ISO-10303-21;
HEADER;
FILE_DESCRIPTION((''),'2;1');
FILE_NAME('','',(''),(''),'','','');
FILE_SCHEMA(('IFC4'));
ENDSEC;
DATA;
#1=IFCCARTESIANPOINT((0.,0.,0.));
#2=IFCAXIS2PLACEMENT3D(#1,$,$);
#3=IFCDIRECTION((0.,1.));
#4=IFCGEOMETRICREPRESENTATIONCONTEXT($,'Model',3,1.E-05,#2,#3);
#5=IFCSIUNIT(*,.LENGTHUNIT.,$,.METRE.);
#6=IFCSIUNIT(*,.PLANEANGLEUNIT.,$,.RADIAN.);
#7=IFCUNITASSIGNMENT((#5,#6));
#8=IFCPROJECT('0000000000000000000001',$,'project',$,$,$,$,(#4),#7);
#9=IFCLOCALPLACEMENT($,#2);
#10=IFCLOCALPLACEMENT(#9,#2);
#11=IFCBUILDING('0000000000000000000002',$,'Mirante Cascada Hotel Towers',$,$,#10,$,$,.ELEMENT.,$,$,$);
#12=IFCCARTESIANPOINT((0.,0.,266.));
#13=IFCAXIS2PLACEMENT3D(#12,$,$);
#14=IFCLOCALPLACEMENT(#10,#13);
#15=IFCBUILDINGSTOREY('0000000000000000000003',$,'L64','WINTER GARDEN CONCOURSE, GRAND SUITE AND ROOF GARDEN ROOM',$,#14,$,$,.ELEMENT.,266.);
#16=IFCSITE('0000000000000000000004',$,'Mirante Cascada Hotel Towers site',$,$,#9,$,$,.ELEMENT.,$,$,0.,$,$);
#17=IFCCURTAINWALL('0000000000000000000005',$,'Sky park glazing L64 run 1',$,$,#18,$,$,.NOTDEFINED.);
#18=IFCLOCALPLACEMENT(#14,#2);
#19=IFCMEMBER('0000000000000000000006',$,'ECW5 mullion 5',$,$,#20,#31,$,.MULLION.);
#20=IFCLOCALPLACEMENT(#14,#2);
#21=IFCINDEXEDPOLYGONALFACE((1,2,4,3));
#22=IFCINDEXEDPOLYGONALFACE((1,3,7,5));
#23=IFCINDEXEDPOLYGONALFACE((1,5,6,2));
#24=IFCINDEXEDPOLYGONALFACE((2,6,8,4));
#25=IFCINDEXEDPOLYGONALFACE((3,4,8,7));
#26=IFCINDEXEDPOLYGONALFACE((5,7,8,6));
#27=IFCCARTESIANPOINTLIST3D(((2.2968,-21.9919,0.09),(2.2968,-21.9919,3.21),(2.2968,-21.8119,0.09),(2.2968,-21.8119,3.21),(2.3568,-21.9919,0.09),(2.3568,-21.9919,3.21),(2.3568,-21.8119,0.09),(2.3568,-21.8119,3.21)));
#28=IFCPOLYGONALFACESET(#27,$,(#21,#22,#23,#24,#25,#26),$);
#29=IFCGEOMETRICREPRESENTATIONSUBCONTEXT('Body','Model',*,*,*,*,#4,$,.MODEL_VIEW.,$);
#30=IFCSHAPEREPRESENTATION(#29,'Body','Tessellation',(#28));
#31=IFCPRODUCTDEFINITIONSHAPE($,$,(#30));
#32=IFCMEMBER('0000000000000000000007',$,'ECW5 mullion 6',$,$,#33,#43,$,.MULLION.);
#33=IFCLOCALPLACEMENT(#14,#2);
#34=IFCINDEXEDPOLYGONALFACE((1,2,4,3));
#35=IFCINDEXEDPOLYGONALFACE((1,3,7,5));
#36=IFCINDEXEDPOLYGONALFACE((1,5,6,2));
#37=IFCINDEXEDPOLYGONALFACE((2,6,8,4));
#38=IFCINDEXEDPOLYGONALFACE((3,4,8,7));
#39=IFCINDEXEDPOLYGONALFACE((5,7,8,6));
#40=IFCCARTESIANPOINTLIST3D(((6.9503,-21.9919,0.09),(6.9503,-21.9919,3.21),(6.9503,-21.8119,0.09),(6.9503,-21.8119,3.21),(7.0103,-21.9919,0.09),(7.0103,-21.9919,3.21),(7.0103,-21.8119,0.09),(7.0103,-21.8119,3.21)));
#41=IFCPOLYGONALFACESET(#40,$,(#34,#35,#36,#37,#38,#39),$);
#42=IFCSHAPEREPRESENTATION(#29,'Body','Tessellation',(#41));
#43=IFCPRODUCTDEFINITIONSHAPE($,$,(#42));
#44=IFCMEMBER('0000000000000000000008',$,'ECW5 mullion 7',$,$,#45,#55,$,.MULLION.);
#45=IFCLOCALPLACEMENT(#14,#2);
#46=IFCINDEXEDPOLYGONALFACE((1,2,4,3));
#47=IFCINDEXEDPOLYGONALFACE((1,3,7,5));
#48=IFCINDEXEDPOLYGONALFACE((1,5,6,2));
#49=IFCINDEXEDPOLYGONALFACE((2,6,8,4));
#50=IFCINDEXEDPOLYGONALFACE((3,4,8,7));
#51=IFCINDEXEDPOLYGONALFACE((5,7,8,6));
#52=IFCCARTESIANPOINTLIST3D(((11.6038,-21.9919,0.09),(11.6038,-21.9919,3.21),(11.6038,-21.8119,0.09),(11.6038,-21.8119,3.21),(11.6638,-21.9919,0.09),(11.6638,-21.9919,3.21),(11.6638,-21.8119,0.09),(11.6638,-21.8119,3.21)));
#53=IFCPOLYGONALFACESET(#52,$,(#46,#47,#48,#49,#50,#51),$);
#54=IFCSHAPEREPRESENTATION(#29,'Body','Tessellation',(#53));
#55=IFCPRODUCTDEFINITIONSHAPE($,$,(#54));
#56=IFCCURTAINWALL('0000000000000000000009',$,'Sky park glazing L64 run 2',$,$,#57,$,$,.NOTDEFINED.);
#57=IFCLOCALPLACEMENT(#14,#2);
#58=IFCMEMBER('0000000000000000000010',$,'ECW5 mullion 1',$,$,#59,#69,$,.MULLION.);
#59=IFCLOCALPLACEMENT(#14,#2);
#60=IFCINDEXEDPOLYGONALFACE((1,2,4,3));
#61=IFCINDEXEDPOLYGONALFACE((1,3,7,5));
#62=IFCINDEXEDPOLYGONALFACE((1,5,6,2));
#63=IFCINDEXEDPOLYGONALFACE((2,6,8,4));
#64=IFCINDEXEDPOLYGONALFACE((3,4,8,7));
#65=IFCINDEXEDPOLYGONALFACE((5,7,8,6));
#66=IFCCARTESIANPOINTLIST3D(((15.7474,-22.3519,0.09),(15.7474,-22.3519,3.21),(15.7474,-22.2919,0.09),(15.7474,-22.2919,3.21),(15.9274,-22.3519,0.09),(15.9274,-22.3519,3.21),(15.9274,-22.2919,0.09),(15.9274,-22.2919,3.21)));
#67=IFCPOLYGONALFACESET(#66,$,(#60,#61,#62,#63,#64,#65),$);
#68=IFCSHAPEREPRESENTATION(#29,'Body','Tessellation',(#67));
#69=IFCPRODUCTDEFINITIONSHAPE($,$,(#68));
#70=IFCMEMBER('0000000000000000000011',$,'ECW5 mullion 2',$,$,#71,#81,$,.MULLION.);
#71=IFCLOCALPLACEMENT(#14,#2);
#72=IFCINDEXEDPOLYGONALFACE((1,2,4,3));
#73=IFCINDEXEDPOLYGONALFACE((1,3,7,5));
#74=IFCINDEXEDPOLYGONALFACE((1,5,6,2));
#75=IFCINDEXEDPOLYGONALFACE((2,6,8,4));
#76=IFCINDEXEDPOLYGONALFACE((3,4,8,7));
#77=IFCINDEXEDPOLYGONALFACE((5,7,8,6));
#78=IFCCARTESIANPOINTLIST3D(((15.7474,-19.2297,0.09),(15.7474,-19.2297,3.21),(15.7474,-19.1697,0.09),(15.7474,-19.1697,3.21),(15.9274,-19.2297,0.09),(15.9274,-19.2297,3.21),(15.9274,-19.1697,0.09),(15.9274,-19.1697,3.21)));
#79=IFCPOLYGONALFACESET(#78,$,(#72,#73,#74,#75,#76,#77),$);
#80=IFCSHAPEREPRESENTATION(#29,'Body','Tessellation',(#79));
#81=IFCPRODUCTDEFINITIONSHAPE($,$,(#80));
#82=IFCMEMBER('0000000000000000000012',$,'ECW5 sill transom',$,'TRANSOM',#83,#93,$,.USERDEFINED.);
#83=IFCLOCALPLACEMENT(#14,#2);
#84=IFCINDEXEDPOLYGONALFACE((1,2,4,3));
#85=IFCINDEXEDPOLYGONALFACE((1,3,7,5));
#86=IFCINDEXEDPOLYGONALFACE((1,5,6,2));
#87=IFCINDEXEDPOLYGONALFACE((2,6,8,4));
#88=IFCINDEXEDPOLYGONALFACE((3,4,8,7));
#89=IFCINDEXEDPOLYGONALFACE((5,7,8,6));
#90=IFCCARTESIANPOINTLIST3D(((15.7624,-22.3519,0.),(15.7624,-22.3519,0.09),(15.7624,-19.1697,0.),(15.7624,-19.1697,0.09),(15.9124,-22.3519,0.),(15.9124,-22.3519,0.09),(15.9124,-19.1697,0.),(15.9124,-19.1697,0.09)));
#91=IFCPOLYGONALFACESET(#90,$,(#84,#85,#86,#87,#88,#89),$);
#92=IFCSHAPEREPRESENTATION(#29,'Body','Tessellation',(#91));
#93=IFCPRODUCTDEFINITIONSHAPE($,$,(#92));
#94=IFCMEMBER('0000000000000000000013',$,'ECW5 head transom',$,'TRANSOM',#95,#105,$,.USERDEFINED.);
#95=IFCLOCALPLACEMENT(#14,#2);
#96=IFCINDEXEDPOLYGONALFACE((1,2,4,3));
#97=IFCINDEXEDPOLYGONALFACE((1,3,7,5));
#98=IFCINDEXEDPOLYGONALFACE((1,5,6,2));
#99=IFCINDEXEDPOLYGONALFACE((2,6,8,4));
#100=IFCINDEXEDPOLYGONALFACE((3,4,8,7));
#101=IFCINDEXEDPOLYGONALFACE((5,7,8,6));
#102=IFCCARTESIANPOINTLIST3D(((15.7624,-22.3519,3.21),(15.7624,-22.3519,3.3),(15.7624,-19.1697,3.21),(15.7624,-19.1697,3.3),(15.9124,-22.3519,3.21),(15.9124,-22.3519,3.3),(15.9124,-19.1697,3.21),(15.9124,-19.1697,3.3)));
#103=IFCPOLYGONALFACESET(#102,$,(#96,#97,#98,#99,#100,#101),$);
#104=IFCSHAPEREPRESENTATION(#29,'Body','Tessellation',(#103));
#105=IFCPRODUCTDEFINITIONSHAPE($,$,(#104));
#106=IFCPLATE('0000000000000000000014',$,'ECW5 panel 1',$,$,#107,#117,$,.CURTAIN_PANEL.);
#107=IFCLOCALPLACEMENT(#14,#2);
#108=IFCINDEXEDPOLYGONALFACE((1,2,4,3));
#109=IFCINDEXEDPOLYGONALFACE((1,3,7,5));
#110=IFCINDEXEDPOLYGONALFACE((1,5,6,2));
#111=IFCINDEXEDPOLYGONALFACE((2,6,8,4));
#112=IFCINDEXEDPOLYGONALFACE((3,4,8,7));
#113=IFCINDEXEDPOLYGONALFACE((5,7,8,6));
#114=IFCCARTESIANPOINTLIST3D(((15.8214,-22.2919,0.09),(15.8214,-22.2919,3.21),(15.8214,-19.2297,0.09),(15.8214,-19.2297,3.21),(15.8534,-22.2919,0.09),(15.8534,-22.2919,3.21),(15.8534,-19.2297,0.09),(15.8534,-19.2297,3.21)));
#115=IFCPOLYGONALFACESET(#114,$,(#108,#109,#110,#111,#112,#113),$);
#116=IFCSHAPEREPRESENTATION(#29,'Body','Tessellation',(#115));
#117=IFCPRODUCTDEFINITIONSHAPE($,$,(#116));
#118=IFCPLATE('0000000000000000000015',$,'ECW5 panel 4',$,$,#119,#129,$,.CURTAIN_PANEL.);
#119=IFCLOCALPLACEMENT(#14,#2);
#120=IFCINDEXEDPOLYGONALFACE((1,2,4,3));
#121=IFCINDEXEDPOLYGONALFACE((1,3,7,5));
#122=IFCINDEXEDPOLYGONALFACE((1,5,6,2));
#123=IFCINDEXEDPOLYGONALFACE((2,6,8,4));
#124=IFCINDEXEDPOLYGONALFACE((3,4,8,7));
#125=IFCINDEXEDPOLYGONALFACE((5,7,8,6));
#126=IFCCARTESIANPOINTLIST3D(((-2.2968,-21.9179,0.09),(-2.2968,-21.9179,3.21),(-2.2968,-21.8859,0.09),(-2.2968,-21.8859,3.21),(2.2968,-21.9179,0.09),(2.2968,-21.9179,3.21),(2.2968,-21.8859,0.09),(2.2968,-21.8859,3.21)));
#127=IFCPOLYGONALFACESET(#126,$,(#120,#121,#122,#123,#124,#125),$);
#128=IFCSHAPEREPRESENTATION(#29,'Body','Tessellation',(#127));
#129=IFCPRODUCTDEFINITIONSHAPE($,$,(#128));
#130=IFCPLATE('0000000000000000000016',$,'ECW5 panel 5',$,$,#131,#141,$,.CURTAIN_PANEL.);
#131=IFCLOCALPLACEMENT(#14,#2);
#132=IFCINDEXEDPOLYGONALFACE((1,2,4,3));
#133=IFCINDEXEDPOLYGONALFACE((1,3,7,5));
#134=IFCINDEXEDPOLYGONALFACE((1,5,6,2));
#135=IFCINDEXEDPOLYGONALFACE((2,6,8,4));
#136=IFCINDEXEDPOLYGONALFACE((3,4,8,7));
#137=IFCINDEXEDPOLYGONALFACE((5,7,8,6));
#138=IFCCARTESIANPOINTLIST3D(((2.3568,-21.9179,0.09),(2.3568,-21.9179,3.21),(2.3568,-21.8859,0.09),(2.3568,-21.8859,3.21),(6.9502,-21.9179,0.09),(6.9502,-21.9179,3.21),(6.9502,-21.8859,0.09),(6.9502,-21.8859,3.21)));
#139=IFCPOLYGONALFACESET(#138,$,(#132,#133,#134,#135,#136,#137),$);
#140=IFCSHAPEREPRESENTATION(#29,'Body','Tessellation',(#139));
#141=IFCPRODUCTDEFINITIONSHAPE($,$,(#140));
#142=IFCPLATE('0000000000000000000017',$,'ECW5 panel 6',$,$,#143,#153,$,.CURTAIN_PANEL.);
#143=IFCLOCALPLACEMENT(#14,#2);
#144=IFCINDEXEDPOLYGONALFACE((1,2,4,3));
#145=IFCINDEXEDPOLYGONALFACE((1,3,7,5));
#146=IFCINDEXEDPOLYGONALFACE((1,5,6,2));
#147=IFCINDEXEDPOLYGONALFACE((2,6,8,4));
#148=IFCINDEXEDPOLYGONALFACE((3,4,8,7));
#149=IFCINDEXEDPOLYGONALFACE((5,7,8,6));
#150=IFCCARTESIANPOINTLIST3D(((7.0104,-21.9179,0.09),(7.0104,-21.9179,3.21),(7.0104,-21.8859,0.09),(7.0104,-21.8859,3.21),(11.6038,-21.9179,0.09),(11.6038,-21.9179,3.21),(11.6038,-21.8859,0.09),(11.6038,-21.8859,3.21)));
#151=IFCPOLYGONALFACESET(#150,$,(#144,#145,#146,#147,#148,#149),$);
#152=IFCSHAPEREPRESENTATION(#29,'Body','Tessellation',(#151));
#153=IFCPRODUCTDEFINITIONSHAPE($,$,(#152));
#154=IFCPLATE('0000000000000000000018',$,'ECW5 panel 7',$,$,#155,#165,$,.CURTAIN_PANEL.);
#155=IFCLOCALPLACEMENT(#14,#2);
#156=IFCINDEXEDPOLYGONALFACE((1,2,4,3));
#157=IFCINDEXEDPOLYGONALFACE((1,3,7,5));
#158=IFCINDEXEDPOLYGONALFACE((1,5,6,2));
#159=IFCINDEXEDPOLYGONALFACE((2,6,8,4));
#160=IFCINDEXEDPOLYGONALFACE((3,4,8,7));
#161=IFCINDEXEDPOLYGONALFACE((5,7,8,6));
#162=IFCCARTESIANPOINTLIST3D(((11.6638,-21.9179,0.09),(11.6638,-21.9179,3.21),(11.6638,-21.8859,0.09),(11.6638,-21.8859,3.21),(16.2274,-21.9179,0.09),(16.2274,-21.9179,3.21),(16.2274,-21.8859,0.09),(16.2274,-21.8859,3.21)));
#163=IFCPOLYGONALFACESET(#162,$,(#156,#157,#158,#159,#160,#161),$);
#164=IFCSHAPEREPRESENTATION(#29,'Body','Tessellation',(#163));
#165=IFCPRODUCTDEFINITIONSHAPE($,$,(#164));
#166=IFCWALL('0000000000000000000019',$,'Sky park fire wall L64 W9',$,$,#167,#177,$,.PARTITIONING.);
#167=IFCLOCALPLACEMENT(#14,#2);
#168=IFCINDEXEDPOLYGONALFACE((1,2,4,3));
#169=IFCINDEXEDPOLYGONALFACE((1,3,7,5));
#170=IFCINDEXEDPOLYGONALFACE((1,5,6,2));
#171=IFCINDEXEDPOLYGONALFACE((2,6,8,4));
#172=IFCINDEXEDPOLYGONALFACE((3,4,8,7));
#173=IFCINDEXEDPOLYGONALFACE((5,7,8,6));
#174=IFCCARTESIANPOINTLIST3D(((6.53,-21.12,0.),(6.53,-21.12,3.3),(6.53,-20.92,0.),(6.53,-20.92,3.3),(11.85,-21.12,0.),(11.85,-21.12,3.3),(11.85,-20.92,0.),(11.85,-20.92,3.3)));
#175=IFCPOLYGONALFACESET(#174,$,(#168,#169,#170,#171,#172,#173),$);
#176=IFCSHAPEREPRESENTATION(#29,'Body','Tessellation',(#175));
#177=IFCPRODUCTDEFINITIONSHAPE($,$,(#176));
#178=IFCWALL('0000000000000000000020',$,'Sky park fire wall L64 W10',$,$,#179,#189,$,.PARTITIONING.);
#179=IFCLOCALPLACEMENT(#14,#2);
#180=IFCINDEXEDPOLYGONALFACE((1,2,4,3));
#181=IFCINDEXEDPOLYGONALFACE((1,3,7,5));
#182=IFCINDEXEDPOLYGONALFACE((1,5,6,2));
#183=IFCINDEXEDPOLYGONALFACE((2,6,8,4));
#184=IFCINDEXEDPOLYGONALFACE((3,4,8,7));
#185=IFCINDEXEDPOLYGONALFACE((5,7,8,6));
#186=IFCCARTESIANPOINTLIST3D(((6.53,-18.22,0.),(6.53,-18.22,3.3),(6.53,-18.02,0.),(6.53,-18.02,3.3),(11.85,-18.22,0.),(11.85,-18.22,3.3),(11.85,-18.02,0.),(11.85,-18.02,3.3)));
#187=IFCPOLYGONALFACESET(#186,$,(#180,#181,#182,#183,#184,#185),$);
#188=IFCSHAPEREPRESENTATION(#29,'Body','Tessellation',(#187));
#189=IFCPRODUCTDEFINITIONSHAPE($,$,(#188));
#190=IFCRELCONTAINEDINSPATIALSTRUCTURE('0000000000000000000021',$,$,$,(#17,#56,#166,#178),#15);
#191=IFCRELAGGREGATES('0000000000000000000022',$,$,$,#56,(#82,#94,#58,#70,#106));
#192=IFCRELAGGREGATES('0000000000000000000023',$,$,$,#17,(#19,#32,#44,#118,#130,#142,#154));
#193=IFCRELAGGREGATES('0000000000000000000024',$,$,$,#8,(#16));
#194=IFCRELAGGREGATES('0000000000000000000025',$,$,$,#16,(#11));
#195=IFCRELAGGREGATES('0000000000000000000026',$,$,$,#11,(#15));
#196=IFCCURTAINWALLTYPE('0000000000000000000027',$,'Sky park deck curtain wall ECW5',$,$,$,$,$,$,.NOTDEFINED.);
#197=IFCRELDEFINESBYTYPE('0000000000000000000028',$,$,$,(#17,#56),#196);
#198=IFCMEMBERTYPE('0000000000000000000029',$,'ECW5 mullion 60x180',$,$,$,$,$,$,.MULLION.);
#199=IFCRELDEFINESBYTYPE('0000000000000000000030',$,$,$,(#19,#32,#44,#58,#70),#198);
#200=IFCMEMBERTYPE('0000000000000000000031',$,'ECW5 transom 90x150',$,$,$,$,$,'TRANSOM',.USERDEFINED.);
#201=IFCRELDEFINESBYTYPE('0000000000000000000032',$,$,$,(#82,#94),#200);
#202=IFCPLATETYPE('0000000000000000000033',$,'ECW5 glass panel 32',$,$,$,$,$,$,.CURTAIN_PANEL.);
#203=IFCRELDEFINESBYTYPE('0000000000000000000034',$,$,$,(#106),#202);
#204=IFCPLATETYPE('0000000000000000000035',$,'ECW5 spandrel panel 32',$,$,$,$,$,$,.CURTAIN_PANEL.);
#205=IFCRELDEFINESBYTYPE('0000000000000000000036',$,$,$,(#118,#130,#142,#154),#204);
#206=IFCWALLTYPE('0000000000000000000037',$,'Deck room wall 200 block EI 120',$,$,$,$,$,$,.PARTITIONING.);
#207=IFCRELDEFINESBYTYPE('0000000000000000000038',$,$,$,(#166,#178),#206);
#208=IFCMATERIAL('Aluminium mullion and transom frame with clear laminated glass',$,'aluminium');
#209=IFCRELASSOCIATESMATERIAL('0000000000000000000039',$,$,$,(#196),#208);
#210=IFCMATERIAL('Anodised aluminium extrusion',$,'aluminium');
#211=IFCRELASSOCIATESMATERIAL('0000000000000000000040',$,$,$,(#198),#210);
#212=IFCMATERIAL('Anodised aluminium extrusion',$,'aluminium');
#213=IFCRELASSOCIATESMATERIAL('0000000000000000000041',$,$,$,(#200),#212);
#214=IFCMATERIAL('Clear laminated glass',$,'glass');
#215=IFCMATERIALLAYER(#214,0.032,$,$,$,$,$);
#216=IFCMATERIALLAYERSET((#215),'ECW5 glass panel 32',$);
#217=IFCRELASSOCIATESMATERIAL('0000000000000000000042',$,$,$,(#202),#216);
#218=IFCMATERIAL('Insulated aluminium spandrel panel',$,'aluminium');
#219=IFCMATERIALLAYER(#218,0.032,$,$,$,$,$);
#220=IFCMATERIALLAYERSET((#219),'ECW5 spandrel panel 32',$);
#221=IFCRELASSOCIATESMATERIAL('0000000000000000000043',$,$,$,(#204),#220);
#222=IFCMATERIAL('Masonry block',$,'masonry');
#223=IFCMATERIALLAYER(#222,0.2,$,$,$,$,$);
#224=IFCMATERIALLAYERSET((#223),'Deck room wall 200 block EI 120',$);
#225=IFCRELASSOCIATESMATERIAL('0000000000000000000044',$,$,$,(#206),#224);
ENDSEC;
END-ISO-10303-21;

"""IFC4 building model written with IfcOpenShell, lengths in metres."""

from ifc_helpers import new_model, si_unit, direction, frame, frame_2d, origin, origin_2d, place, context, subcontext, project, spatial, rectangle, extrude, material, layer, layer_set, material_profile, profile_set, type_object, element, aggregate, save


model = new_model("IFC4")

# Units and contexts
model_context = context("Model", 3, precision=1e-05, world=origin(), true_north=direction((0.0, 1.0)))
body_context = subcontext(model_context, "Body", "Model", "MODEL_VIEW")
ifc_project = project(units=[si_unit("LENGTHUNIT", "METRE"), si_unit("PLANEANGLEUNIT", "RADIAN")], contexts=[model_context])

# Site, building, storey
site_placement = place(None, origin())
site = spatial("IfcSite", under=ifc_project, at=site_placement, Name="Mirante Cascada Hotel Towers site", CompositionType="ELEMENT", RefElevation=0.0)
building_placement = place(site_placement, origin())
building = spatial("IfcBuilding", under=site, at=building_placement, Name="Mirante Cascada Hotel Towers", CompositionType="ELEMENT")
storey_placement = place(building_placement, frame((0.0, 0.0, 266.0)))
storey = spatial("IfcBuildingStorey", under=building, at=storey_placement, Name="L64", Description="WINTER GARDEN CONCOURSE, GRAND SUITE AND ROOF GARDEN ROOM", CompositionType="ELEMENT", Elevation=266.0)

# Curtain wall, members
ifc_material_1 = material(Name="Aluminium mullion and transom frame with clear laminated glass", Category="aluminium")
curtain_wall_type = type_object("IfcCurtainWallType", Name="Sky park deck curtain wall ECW5", PredefinedType="NOTDEFINED", material=ifc_material_1)
curtain_wall_1_placement = place(storey_placement, origin())
curtain_wall_1 = element("IfcCurtainWall", 1, at=curtain_wall_1_placement, inside=storey, type_object=curtain_wall_type, Name="Sky park glazing L64 run 1", PredefinedType="NOTDEFINED")
ifc_material_2 = material(Name="Anodised aluminium extrusion", Category="aluminium")
ifc_material_profile_1 = material_profile(ifc_material_2, rectangle(XDim=0.18, YDim=0.06, at=origin_2d()), Name="ECW5 MULLION 60x180")
ifc_profile_set_1 = profile_set([ifc_material_profile_1], Name="Anodised aluminium extrusion")
member_type_1 = type_object("IfcMemberType", Name="ECW5 mullion 60x180", PredefinedType="MULLION", material=ifc_profile_set_1)
member_1_placement = place(storey_placement, frame((2.3268, -21.9019, 0.09), z_axis=(0.0, 0.0, 1.0), x_axis=(0.0, 1.0, 0.0)))
member_1 = element("IfcMember", 2, at=member_1_placement, type_object=member_type_1, Name="ECW5 mullion 5", PredefinedType="MULLION", context=body_context, shape_type="SweptSolid", body=[
    extrude(rectangle(XDim=0.18, YDim=0.06, at=origin_2d()), origin(), (0.0, 0.0, 1.0), 3.12),
])
member_2_placement = place(storey_placement, frame((6.9803, -21.9019, 0.09), z_axis=(0.0, 0.0, 1.0), x_axis=(0.0, 1.0, 0.0)))
member_2 = element("IfcMember", 3, at=member_2_placement, type_object=member_type_1, Name="ECW5 mullion 6", PredefinedType="MULLION", context=body_context, shape_type="SweptSolid", body=[
    extrude(rectangle(XDim=0.18, YDim=0.06, at=origin_2d()), origin(), (0.0, 0.0, 1.0), 3.12),
])
member_3_placement = place(storey_placement, frame((11.6338, -21.9019, 0.09), z_axis=(0.0, 0.0, 1.0), x_axis=(0.0, 1.0, 0.0)))
member_3 = element("IfcMember", 4, at=member_3_placement, type_object=member_type_1, Name="ECW5 mullion 7", PredefinedType="MULLION", context=body_context, shape_type="SweptSolid", body=[
    extrude(rectangle(XDim=0.18, YDim=0.06, at=origin_2d()), origin(), (0.0, 0.0, 1.0), 3.12),
])

# Curtain wall, members, plate
curtain_wall_2_placement = place(storey_placement, origin())
curtain_wall_2 = element("IfcCurtainWall", 5, at=curtain_wall_2_placement, inside=storey, type_object=curtain_wall_type, Name="Sky park glazing L64 run 2", PredefinedType="NOTDEFINED")
member_4_placement = place(storey_placement, frame((15.8374, -22.3219, 0.09), z_axis=(0.0, 0.0, 1.0), x_axis=(-1.0, 0.0, 0.0)))
member_4 = element("IfcMember", 6, at=member_4_placement, type_object=member_type_1, Name="ECW5 mullion 1", PredefinedType="MULLION", context=body_context, shape_type="SweptSolid", body=[
    extrude(rectangle(XDim=0.18, YDim=0.06, at=origin_2d()), origin(), (0.0, 0.0, 1.0), 3.12),
])
member_5_placement = place(storey_placement, frame((15.8374, -19.1997, 0.09), z_axis=(0.0, 0.0, 1.0), x_axis=(-1.0, 0.0, 0.0)))
member_5 = element("IfcMember", 7, at=member_5_placement, type_object=member_type_1, Name="ECW5 mullion 2", PredefinedType="MULLION", context=body_context, shape_type="SweptSolid", body=[
    extrude(rectangle(XDim=0.18, YDim=0.06, at=origin_2d()), origin(), (0.0, 0.0, 1.0), 3.12),
])
ifc_material_3 = material(Name="Anodised aluminium extrusion", Category="aluminium")
ifc_material_profile_2 = material_profile(ifc_material_3, rectangle(XDim=0.15, YDim=0.09, at=origin_2d()), Name="ECW5 TRANSOM 90x150")
ifc_profile_set_2 = profile_set([ifc_material_profile_2], Name="Anodised aluminium extrusion")
member_type_2 = type_object("IfcMemberType", Name="ECW5 transom 90x150", ElementType="TRANSOM", PredefinedType="USERDEFINED", material=ifc_profile_set_2)
member_6_placement = place(storey_placement, frame((15.8374, -22.3519, 0.045), z_axis=(0.0, 1.0, 0.0), x_axis=(-1.0, 0.0, 0.0)))
member_6 = element("IfcMember", 8, at=member_6_placement, type_object=member_type_2, Name="ECW5 sill transom", ObjectType="TRANSOM", PredefinedType="USERDEFINED", context=body_context, shape_type="SweptSolid", body=[
    extrude(rectangle(XDim=0.15, YDim=0.09, at=origin_2d()), origin(), (0.0, 0.0, 1.0), 3.1822),
])
member_7_placement = place(storey_placement, frame((15.8374, -22.3519, 3.255), z_axis=(0.0, 1.0, 0.0), x_axis=(-1.0, 0.0, 0.0)))
member_7 = element("IfcMember", 9, at=member_7_placement, type_object=member_type_2, Name="ECW5 head transom", ObjectType="TRANSOM", PredefinedType="USERDEFINED", context=body_context, shape_type="SweptSolid", body=[
    extrude(rectangle(XDim=0.15, YDim=0.09, at=origin_2d()), origin(), (0.0, 0.0, 1.0), 3.1822),
])
ifc_material_4 = material(Name="Clear laminated glass", Category="glass")
ifc_layer_1 = layer(ifc_material_4, 0.032)
ifc_layer_set_1 = layer_set([ifc_layer_1], Name="ECW5 glass panel 32")
plate_type_1 = type_object("IfcPlateType", Name="ECW5 glass panel 32", PredefinedType="CURTAIN_PANEL", material=ifc_layer_set_1)
plate_1_placement = place(storey_placement, frame((15.8374, -20.7608, 0.09), z_axis=(0.0, 0.0, 1.0), x_axis=(0.0, 1.0, 0.0)))
plate_1 = element("IfcPlate", 10, at=plate_1_placement, type_object=plate_type_1, Name="ECW5 panel 1", PredefinedType="CURTAIN_PANEL", context=body_context, shape_type="SweptSolid", body=[
    extrude(rectangle(XDim=3.0622, YDim=0.032, at=origin_2d()), origin(), (0.0, 0.0, 1.0), 3.12),
])
aggregate(curtain_wall_2, [member_6, member_7, member_4, member_5, plate_1])

# Plates
ifc_material_5 = material(Name="Insulated aluminium spandrel panel", Category="aluminium")
ifc_layer_2 = layer(ifc_material_5, 0.032)
ifc_layer_set_2 = layer_set([ifc_layer_2], Name="ECW5 spandrel panel 32")
plate_type_2 = type_object("IfcPlateType", Name="ECW5 spandrel panel 32", PredefinedType="CURTAIN_PANEL", material=ifc_layer_set_2)
plate_2_placement = place(storey_placement, frame((0.0, -21.9019, 0.09), z_axis=(0.0, 0.0, 1.0), x_axis=(1.0, 0.0, 0.0)))
plate_2 = element("IfcPlate", 11, at=plate_2_placement, type_object=plate_type_2, Name="ECW5 panel 4", PredefinedType="CURTAIN_PANEL", context=body_context, shape_type="SweptSolid", body=[
    extrude(rectangle(XDim=4.5935, YDim=0.032, at=origin_2d()), origin(), (0.0, 0.0, 1.0), 3.12),
])
plate_3_placement = place(storey_placement, frame((4.6535, -21.9019, 0.09), z_axis=(0.0, 0.0, 1.0), x_axis=(1.0, 0.0, 0.0)))
plate_3 = element("IfcPlate", 12, at=plate_3_placement, type_object=plate_type_2, Name="ECW5 panel 5", PredefinedType="CURTAIN_PANEL", context=body_context, shape_type="SweptSolid", body=[
    extrude(rectangle(XDim=4.5935, YDim=0.032, at=origin_2d()), origin(), (0.0, 0.0, 1.0), 3.12),
])
plate_4_placement = place(storey_placement, frame((9.3071, -21.9019, 0.09), z_axis=(0.0, 0.0, 1.0), x_axis=(1.0, 0.0, 0.0)))
plate_4 = element("IfcPlate", 13, at=plate_4_placement, type_object=plate_type_2, Name="ECW5 panel 6", PredefinedType="CURTAIN_PANEL", context=body_context, shape_type="SweptSolid", body=[
    extrude(rectangle(XDim=4.5935, YDim=0.032, at=origin_2d()), origin(), (0.0, 0.0, 1.0), 3.12),
])
plate_5_placement = place(storey_placement, frame((13.9456, -21.9019, 0.09), z_axis=(0.0, 0.0, 1.0), x_axis=(1.0, 0.0, 0.0)))
plate_5 = element("IfcPlate", 14, at=plate_5_placement, type_object=plate_type_2, Name="ECW5 panel 7", PredefinedType="CURTAIN_PANEL", context=body_context, shape_type="SweptSolid", body=[
    extrude(rectangle(XDim=4.5635, YDim=0.032, at=origin_2d()), origin(), (0.0, 0.0, 1.0), 3.12),
])
aggregate(curtain_wall_1, [member_1, member_2, member_3, plate_2, plate_3, plate_4, plate_5])

# Walls
ifc_material_6 = material(Name="Masonry block", Category="masonry")
ifc_layer_3 = layer(ifc_material_6, 0.2)
ifc_layer_set_3 = layer_set([ifc_layer_3], Name="Deck room wall 200 block EI 120")
wall_type_1 = type_object("IfcWallType", Name="Deck room wall 200 block EI 120", PredefinedType="PARTITIONING", material=ifc_layer_set_3)
for number, where, z_axis, x_axis, name in (
    (15, (6.53, -21.02, 0.0), (0.0, 0.0, 1.0), (1.0, 0.0, 0.0), "Sky park fire wall L64 W9"),
    (16, (6.53, -18.12, 0.0), (0.0, 0.0, 1.0), (1.0, 0.0, 0.0), "Sky park fire wall L64 W10"),
):
    element("IfcWall", number, at=place(storey_placement, frame(where, z_axis=z_axis, x_axis=x_axis)), inside=storey, type_object=wall_type_1, Name=name, PredefinedType="PARTITIONING", context=body_context, shape_type="SweptSolid", body=[
        extrude(rectangle(XDim=5.32, YDim=0.2, at=frame_2d((2.66, 0.0))), origin(), (0.0, 0.0, 1.0), 3.3),
    ])

save(model, "model.ifc")
